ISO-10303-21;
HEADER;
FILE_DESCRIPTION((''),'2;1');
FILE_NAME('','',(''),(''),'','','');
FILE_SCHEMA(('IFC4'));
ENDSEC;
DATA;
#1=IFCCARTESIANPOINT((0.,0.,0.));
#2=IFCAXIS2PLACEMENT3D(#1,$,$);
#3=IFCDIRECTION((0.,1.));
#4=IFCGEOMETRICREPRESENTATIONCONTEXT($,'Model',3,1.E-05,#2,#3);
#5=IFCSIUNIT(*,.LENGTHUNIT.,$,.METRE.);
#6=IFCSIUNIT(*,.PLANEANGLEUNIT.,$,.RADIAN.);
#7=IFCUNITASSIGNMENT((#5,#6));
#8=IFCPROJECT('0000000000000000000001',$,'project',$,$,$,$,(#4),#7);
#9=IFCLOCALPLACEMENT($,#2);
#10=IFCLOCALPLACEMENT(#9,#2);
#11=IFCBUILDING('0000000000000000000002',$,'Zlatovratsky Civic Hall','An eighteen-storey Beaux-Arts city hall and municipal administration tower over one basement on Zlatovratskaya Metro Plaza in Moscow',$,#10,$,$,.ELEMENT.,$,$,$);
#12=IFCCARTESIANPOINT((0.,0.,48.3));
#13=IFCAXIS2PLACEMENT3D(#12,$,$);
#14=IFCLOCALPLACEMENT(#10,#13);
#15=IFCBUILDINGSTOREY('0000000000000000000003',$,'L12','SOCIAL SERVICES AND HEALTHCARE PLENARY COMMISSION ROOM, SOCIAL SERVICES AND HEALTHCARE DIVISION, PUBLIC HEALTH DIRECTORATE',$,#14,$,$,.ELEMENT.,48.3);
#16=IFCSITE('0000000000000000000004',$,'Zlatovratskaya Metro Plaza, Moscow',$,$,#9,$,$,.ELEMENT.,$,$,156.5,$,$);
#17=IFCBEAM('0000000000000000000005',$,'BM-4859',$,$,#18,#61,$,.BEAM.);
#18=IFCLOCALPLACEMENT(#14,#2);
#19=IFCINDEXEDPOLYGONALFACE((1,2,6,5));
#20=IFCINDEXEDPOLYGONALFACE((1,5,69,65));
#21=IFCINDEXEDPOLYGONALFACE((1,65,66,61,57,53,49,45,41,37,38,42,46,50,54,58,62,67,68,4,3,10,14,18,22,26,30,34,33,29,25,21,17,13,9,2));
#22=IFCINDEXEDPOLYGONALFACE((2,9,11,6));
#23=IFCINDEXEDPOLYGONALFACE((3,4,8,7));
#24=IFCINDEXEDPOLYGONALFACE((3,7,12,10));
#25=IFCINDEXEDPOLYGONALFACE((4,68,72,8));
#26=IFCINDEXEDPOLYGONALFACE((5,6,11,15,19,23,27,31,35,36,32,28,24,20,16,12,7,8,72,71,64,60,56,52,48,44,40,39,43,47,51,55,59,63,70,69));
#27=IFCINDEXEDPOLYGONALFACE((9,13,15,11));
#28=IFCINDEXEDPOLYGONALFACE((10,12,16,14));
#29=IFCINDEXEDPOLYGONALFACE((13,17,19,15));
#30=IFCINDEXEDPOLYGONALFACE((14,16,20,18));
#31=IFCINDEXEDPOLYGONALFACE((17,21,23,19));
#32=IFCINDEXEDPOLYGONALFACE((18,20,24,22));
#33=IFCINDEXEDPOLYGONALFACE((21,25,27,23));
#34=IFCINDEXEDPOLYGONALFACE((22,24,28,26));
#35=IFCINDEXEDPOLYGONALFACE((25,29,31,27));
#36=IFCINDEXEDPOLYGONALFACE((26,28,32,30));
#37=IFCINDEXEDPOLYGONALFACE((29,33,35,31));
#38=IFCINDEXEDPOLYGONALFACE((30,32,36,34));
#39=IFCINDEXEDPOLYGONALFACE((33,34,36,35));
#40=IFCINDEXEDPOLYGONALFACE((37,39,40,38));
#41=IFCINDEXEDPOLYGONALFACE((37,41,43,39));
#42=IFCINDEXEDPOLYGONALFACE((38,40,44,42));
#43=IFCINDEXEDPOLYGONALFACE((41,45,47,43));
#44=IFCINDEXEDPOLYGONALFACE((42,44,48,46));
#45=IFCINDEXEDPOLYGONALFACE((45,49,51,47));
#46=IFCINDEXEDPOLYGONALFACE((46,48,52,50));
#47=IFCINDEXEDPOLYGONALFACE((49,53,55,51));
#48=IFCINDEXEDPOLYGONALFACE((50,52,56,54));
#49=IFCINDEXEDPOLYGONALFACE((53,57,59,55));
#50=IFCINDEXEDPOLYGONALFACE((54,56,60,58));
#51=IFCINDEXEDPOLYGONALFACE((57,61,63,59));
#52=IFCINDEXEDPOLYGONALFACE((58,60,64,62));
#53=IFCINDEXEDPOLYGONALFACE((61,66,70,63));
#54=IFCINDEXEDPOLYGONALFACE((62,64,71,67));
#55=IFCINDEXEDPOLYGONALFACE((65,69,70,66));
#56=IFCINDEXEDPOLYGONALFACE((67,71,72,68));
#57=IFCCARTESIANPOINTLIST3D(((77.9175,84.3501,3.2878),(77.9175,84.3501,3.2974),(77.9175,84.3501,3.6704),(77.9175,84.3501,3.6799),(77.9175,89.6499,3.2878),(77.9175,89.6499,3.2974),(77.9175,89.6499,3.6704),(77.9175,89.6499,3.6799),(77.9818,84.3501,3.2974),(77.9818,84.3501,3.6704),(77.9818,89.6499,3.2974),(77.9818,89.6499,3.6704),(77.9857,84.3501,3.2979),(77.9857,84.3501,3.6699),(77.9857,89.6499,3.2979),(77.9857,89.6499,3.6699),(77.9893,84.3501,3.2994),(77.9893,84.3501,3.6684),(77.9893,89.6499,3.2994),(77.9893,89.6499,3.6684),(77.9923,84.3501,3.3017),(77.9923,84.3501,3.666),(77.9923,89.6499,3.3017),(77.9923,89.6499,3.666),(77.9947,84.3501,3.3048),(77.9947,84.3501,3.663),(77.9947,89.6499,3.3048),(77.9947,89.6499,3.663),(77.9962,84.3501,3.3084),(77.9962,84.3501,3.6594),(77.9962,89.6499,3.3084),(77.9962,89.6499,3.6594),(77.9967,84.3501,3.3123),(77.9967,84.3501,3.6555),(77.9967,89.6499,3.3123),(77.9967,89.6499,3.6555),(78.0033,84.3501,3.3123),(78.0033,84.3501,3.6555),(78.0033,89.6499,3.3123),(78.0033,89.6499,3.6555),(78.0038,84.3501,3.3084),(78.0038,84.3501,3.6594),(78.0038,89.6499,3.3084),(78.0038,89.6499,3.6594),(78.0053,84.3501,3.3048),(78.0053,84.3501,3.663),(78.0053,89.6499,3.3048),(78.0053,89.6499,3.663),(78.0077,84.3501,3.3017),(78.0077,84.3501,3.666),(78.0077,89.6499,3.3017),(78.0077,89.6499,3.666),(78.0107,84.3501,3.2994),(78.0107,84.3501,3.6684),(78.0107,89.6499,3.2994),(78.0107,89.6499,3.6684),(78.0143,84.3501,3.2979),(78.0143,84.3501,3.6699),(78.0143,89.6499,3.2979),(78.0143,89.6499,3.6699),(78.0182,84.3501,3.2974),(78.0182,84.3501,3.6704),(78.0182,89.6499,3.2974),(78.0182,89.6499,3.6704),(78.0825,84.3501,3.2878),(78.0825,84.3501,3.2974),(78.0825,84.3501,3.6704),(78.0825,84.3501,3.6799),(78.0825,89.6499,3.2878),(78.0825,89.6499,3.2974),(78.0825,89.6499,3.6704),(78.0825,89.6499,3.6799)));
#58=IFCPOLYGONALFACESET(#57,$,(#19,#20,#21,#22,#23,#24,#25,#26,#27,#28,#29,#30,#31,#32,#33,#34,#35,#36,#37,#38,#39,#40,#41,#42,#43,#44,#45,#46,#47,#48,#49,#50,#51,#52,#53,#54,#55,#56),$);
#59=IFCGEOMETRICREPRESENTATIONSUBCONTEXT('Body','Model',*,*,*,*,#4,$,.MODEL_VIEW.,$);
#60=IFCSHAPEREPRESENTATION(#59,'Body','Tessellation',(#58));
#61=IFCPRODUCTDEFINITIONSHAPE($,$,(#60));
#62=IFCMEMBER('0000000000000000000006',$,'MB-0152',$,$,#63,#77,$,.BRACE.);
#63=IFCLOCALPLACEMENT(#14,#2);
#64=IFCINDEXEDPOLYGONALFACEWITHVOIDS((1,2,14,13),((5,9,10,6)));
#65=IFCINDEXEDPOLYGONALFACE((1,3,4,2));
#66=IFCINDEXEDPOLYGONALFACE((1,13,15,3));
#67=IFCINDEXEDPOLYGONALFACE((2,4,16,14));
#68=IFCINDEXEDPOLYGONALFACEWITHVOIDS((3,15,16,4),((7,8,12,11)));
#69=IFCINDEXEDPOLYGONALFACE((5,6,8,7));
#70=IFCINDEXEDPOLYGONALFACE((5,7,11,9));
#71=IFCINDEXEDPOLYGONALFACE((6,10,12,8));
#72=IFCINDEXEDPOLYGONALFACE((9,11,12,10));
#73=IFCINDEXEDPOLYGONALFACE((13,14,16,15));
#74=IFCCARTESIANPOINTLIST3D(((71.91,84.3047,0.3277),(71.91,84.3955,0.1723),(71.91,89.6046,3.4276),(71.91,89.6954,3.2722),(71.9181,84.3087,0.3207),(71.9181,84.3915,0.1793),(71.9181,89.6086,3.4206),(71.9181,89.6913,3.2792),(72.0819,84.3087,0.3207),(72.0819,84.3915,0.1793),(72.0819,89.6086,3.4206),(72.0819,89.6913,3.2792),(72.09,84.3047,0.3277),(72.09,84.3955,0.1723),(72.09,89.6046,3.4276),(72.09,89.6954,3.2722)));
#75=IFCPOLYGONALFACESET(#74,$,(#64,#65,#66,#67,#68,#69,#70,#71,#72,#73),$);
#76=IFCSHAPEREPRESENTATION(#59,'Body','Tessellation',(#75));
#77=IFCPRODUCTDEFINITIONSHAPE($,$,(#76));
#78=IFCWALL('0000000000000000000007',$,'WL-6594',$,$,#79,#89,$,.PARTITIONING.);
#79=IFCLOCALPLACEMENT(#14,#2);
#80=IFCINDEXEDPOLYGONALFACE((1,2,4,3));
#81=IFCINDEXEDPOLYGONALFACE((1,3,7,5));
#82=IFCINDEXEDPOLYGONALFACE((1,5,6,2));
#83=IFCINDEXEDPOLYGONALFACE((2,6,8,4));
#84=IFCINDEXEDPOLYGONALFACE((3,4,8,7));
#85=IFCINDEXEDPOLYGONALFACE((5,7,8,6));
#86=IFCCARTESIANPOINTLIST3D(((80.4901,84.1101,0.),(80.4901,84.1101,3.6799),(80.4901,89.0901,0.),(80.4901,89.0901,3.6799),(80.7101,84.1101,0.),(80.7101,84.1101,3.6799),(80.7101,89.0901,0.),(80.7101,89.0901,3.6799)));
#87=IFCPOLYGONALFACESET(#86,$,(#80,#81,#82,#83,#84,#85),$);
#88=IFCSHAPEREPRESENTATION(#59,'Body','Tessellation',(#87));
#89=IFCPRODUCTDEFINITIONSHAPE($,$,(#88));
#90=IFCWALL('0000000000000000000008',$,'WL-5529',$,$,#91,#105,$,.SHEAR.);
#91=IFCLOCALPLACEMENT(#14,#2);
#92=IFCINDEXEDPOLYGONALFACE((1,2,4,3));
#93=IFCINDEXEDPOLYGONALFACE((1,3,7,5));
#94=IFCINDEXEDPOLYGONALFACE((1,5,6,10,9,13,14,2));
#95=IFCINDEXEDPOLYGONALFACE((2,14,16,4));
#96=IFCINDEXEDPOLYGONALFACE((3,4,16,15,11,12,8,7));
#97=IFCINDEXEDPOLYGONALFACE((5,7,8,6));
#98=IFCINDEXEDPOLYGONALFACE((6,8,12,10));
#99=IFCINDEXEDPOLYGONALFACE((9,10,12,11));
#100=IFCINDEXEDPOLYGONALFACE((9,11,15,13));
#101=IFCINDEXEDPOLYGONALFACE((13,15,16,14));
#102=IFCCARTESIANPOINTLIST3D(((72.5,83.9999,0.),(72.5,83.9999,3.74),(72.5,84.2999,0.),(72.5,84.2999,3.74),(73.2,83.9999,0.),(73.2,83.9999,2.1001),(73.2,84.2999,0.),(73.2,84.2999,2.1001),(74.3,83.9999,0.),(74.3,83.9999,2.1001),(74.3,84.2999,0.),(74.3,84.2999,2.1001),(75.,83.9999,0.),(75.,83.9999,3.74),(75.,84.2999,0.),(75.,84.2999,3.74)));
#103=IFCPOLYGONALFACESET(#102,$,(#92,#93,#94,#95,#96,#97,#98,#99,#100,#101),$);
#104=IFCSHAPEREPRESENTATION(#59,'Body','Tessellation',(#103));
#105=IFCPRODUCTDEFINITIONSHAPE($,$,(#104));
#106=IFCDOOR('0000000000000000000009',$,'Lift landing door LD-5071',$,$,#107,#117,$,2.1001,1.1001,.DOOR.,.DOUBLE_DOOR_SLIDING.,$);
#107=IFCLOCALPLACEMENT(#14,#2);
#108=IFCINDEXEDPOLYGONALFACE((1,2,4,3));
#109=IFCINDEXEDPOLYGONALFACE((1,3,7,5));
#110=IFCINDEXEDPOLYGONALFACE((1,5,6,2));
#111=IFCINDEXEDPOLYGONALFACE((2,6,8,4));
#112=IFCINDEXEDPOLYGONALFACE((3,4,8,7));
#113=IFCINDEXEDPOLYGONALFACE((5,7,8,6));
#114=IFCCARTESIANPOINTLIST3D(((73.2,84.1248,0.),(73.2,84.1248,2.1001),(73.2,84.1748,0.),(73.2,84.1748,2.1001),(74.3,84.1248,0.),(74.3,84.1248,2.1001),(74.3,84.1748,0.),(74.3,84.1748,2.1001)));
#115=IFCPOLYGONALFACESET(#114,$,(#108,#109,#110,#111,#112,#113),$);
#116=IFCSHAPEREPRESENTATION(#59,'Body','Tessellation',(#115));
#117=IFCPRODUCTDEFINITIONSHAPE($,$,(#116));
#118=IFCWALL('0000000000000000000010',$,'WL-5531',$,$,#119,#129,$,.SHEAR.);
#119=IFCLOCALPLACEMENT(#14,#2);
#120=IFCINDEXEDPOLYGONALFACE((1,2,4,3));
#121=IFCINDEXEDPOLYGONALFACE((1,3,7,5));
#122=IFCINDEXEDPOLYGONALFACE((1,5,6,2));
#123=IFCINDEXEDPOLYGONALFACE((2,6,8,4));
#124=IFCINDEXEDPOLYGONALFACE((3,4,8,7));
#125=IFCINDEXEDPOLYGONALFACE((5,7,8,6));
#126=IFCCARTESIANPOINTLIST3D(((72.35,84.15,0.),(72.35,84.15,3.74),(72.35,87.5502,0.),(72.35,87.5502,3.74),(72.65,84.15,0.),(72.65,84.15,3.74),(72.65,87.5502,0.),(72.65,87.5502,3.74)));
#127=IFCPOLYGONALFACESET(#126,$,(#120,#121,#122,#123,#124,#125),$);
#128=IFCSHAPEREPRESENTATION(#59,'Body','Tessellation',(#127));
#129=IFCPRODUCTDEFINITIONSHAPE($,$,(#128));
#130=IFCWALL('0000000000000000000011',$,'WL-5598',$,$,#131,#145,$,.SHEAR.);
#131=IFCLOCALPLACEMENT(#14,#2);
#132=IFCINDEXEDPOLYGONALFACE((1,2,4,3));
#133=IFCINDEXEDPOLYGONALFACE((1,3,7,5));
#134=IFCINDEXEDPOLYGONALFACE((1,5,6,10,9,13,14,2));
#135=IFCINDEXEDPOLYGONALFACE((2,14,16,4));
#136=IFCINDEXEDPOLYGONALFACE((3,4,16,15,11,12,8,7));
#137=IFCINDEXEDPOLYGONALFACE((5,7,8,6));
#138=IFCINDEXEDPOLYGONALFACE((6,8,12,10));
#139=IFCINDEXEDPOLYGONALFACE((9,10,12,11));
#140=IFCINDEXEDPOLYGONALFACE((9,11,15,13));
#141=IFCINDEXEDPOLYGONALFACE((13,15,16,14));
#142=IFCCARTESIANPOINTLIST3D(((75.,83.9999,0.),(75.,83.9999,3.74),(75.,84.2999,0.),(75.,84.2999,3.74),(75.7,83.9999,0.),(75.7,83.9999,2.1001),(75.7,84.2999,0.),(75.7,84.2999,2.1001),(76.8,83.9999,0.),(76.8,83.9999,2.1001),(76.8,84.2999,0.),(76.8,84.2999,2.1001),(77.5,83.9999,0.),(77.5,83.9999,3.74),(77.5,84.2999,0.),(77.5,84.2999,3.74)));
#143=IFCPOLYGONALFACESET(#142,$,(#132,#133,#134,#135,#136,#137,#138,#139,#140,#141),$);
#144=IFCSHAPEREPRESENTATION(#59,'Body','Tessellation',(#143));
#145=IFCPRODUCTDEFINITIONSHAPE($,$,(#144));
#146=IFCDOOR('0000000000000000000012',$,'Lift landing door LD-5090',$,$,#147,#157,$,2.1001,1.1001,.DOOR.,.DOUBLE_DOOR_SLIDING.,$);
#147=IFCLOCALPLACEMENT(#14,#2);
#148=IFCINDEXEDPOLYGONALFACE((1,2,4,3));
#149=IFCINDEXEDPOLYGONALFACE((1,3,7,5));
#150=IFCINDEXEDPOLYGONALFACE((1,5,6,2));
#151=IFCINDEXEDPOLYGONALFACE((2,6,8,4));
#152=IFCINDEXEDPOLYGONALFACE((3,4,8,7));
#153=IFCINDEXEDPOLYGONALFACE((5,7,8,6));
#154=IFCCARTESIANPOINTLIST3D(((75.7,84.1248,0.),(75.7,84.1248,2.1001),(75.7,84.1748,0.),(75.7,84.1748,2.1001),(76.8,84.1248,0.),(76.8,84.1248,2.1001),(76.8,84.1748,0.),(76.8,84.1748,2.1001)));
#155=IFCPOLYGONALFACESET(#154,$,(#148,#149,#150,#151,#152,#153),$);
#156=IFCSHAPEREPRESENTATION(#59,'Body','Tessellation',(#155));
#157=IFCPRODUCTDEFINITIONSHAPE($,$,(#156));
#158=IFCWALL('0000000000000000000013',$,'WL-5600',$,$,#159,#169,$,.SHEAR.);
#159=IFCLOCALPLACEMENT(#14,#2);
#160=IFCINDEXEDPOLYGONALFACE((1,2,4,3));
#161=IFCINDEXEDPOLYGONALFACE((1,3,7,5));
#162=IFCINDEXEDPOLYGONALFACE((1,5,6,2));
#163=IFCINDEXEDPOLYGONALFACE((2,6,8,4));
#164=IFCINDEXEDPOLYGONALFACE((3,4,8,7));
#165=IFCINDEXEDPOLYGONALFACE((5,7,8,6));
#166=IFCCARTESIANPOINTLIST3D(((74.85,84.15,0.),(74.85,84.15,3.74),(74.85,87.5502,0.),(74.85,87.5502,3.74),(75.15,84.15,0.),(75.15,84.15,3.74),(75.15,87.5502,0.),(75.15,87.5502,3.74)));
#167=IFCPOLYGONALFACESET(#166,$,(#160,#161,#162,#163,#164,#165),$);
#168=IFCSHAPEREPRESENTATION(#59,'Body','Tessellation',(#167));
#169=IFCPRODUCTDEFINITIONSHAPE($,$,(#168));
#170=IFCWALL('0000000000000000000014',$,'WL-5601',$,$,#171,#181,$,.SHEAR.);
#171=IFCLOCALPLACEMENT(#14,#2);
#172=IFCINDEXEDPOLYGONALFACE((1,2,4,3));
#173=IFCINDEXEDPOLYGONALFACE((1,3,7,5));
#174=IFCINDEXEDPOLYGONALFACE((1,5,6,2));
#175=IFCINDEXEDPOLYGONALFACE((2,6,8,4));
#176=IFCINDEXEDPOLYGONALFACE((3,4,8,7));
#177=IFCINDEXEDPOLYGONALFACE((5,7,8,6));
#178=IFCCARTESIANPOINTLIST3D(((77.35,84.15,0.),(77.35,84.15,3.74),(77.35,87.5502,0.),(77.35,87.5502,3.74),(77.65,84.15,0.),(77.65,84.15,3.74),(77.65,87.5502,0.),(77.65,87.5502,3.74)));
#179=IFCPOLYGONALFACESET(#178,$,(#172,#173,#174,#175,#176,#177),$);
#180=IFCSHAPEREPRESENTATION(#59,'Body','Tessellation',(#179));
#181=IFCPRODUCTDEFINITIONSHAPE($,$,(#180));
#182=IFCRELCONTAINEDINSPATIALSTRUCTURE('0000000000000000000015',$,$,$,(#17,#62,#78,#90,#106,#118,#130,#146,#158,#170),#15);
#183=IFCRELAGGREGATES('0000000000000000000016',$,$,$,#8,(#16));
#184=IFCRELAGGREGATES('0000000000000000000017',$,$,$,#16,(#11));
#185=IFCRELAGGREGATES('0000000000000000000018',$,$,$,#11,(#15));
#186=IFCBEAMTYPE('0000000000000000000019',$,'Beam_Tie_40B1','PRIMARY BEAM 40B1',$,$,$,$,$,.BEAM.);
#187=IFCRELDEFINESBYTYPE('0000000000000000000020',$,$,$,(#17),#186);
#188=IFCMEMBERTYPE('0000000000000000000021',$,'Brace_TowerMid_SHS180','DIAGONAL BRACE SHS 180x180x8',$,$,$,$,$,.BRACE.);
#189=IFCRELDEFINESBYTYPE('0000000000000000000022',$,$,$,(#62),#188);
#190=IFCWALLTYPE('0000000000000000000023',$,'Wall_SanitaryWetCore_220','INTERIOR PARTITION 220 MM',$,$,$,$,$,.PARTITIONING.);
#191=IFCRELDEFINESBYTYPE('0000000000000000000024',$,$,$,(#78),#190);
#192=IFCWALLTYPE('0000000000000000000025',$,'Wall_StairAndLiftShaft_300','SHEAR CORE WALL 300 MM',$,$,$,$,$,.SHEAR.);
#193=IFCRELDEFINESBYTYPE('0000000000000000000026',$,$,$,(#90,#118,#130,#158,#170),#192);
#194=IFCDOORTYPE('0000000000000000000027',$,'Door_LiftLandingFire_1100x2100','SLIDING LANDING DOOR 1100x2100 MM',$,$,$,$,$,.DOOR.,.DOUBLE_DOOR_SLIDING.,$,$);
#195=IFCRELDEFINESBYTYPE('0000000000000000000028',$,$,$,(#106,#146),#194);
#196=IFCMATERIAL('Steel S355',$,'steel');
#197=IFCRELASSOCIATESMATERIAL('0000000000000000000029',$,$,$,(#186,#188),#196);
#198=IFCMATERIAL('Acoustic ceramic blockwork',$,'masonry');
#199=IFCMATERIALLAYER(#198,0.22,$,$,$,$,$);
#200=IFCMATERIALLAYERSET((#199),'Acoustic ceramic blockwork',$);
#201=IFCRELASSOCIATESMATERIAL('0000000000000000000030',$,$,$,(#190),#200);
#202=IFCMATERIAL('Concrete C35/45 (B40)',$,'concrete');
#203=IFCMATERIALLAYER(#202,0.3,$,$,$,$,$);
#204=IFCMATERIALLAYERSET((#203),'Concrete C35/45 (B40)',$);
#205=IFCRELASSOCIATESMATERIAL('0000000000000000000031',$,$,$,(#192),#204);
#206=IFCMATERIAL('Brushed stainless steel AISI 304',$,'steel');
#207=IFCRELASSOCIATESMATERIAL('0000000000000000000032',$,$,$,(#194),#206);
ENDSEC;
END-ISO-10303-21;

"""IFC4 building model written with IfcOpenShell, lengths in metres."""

from ifc_helpers import new_model, si_unit, direction, frame, frame_2d, origin, origin_2d, place, context, subcontext, project, spatial, rectangle, hollow_rectangle, i_section, extrude, material, layer, layer_set, material_profile, profile_set, type_object, element, fill, save


model = new_model("IFC4")

# Units and contexts
model_context = context("Model", 3, precision=1e-05, world=origin(), true_north=direction((0.0, 1.0)))
body_context = subcontext(model_context, "Body", "Model", "MODEL_VIEW")
ifc_project = project(units=[si_unit("LENGTHUNIT", "METRE"), si_unit("PLANEANGLEUNIT", "RADIAN")], contexts=[model_context])

# Site, building, storey
site_placement = place(None, origin())
site = spatial("IfcSite", under=ifc_project, at=site_placement, Name="Zlatovratskaya Metro Plaza, Moscow", CompositionType="ELEMENT", RefElevation=156.5)
building_placement = place(site_placement, origin())
building = spatial("IfcBuilding", under=site, at=building_placement, Name="Zlatovratsky Civic Hall", Description="An eighteen-storey Beaux-Arts city hall and municipal administration tower over one basement on Zlatovratskaya Metro Plaza in Moscow", CompositionType="ELEMENT")
storey_placement = place(building_placement, frame((0.0, 0.0, 48.3)))
storey = spatial("IfcBuildingStorey", under=building, at=storey_placement, Name="L12", Description="SOCIAL SERVICES AND HEALTHCARE PLENARY COMMISSION ROOM, SOCIAL SERVICES AND HEALTHCARE DIVISION, PUBLIC HEALTH DIRECTORATE", CompositionType="ELEMENT", Elevation=48.3)

# Shared definitions
ifc_material_1 = material(Name="Concrete C35/45 (B40)", Category="concrete")
ifc_material_2 = material(Name="Steel S355", Category="steel")

# Beam
ifc_material_profile_1 = material_profile(ifc_material_2, i_section(OverallWidth=0.165, OverallDepth=0.3921, WebThickness=0.0066, FlangeThickness=0.0095, FilletRadius=0.0149, at=origin_2d()), Name="40B1")
ifc_profile_set_1 = profile_set([ifc_material_profile_1], Name="Steel S355")
beam_type = type_object("IfcBeamType", Name="Beam_Tie_40B1", Description="PRIMARY BEAM 40B1", PredefinedType="BEAM", material=ifc_profile_set_1)
beam_1_placement = place(storey_placement, frame((78.0, 84.3501, 3.4839), z_axis=(0.0, 1.0, 0.0), x_axis=(-1.0, 0.0, 0.0)))
element("IfcBeam", 1, at=beam_1_placement, inside=storey, type_object=beam_type, Name="BM-4859", PredefinedType="BEAM", context=body_context, shape_type="SweptSolid", body=[
    extrude(i_section(OverallWidth=0.165, OverallDepth=0.3921, WebThickness=0.0066, FlangeThickness=0.0095, FilletRadius=0.0149, at=origin_2d()), origin(), (0.0, 0.0, 1.0), 5.2998),
])

# Member
ifc_material_profile_2 = material_profile(ifc_material_2, hollow_rectangle(XDim=0.1799, YDim=0.1799, WallThickness=0.0081, at=origin_2d()), Name="SHS 180x180x8")
ifc_profile_set_2 = profile_set([ifc_material_profile_2], Name="Steel S355")
member_type = type_object("IfcMemberType", Name="Brace_TowerMid_SHS180", Description="DIAGONAL BRACE SHS 180x180x8", PredefinedType="BRACE", material=ifc_profile_set_2)
member_placement = place(storey_placement, frame((72.0, 84.3501, 0.25), z_axis=(0.0, 0.86319, 0.504879), x_axis=(-1.0, 0.0, 0.0)))
element("IfcMember", 2, at=member_placement, inside=storey, type_object=member_type, Name="MB-0152", PredefinedType="BRACE", context=body_context, shape_type="SweptSolid", body=[
    extrude(hollow_rectangle(XDim=0.1799, YDim=0.1799, WallThickness=0.0081, at=origin_2d()), origin(), (0.0, 0.0, 1.0), 6.1399),
])

# Shared definitions
ifc_material_3 = material(Name="Acoustic ceramic blockwork", Category="masonry")
ifc_layer_1 = layer(ifc_material_3, 0.22)
ifc_layer_set_1 = layer_set([ifc_layer_1], Name="Acoustic ceramic blockwork")
wall_type_1 = type_object("IfcWallType", Name="Wall_SanitaryWetCore_220", Description="INTERIOR PARTITION 220 MM", PredefinedType="PARTITIONING", material=ifc_layer_set_1)

# Wall
wall_1_placement = place(storey_placement, frame((80.6001, 84.1101, 0.0), z_axis=(0.0, 0.0, 1.0), x_axis=(0.0, 1.0, 0.0)))
element("IfcWall", 3, at=wall_1_placement, inside=storey, type_object=wall_type_1, Name="WL-6594", PredefinedType="PARTITIONING", context=body_context, shape_type="SweptSolid", body=[
    extrude(rectangle(XDim=4.98, YDim=0.22, at=frame_2d((2.49, 0.0))), origin(), (0.0, 0.0, 1.0), 3.6799),
])

# Wall, opening, door
ifc_layer_2 = layer(ifc_material_1, 0.3)
ifc_layer_set_2 = layer_set([ifc_layer_2], Name="Concrete C35/45 (B40)")
wall_type_2 = type_object("IfcWallType", Name="Wall_StairAndLiftShaft_300", Description="SHEAR CORE WALL 300 MM", PredefinedType="SHEAR", material=ifc_layer_set_2)
wall_2_placement = place(storey_placement, frame((72.5, 84.1499, 0.0), z_axis=(0.0, 0.0, 1.0), x_axis=(1.0, 0.0, 0.0)))
wall_2 = element("IfcWall", 4, at=wall_2_placement, inside=storey, type_object=wall_type_2, Name="WL-5529", PredefinedType="SHEAR", context=body_context, shape_type="SweptSolid", body=[
    extrude(rectangle(XDim=2.5, YDim=0.3, at=frame_2d((1.25, 0.0))), origin(), (0.0, 0.0, 1.0), 3.74),
])
opening_1_placement = place(wall_2_placement, frame((0.7, 0.0, 0.0)))
opening_1 = element("IfcOpeningElement", 5, at=opening_1_placement, cuts=wall_2, PredefinedType="OPENING", context=body_context, shape_type="SweptSolid", body=[
    extrude(rectangle(XDim=1.1001, YDim=2.1001, at=frame_2d((0.55, 1.05))), frame((0.0, 0.165, 0.0), z_axis=(0.0, -1.0, 0.0), x_axis=(1.0, 0.0, 0.0)), (0.0, 0.0, 1.0), 0.3298),
])
ifc_material_4 = material(Name="Brushed stainless steel AISI 304", Category="steel")
door_type_1 = type_object("IfcDoorType", Name="Door_LiftLandingFire_1100x2100", Description="SLIDING LANDING DOOR 1100x2100 MM", OperationType="DOUBLE_DOOR_SLIDING", PredefinedType="DOOR", material=ifc_material_4)
door_1_placement = place(opening_1_placement, origin())
door_1 = element("IfcDoor", 6, at=door_1_placement, inside=storey, type_object=door_type_1, Name="Lift landing door LD-5071", OperationType="DOUBLE_DOOR_SLIDING", OverallHeight=2.1001, OverallWidth=1.1001, PredefinedType="DOOR", context=body_context, shape_type="SweptSolid", body=[
    extrude(rectangle(XDim=1.1001, YDim=2.1001, at=frame_2d((0.55, 1.05))), frame((0.0, 0.0249, 0.0), z_axis=(0.0, -1.0, 0.0), x_axis=(1.0, 0.0, 0.0)), (0.0, 0.0, 1.0), 0.05),
])
fill(opening_1, door_1)

# Wall
wall_3_placement = place(storey_placement, frame((72.5, 84.1499, 0.0), z_axis=(0.0, 0.0, 1.0), x_axis=(0.0, 1.0, 0.0)))
element("IfcWall", 7, at=wall_3_placement, inside=storey, type_object=wall_type_2, Name="WL-5531", PredefinedType="SHEAR", context=body_context, shape_type="SweptSolid", body=[
    extrude(rectangle(XDim=3.4001, YDim=0.3, at=frame_2d((1.7002, 0.0))), origin(), (0.0, 0.0, 1.0), 3.74),
])

# Wall, opening, door
wall_4_placement = place(storey_placement, frame((75.0, 84.1499, 0.0), z_axis=(0.0, 0.0, 1.0), x_axis=(1.0, 0.0, 0.0)))
wall_4 = element("IfcWall", 8, at=wall_4_placement, inside=storey, type_object=wall_type_2, Name="WL-5598", PredefinedType="SHEAR", context=body_context, shape_type="SweptSolid", body=[
    extrude(rectangle(XDim=2.5, YDim=0.3, at=frame_2d((1.25, 0.0))), origin(), (0.0, 0.0, 1.0), 3.74),
])
opening_2_placement = place(wall_4_placement, frame((0.7, 0.0, 0.0)))
opening_2 = element("IfcOpeningElement", 9, at=opening_2_placement, cuts=wall_4, PredefinedType="OPENING", context=body_context, shape_type="SweptSolid", body=[
    extrude(rectangle(XDim=1.1001, YDim=2.1001, at=frame_2d((0.55, 1.05))), frame((0.0, 0.165, 0.0), z_axis=(0.0, -1.0, 0.0), x_axis=(1.0, 0.0, 0.0)), (0.0, 0.0, 1.0), 0.3298),
])
door_2_placement = place(opening_2_placement, origin())
door_2 = element("IfcDoor", 10, at=door_2_placement, inside=storey, type_object=door_type_1, Name="Lift landing door LD-5090", OperationType="DOUBLE_DOOR_SLIDING", OverallHeight=2.1001, OverallWidth=1.1001, PredefinedType="DOOR", context=body_context, shape_type="SweptSolid", body=[
    extrude(rectangle(XDim=1.1001, YDim=2.1001, at=frame_2d((0.55, 1.05))), frame((0.0, 0.0249, 0.0), z_axis=(0.0, -1.0, 0.0), x_axis=(1.0, 0.0, 0.0)), (0.0, 0.0, 1.0), 0.05),
])
fill(opening_2, door_2)

# Walls
for number, where, z_axis, x_axis, name in (
    (11, (75.0, 84.1499, 0.0), (0.0, 0.0, 1.0), (0.0, 1.0, 0.0), "WL-5600"),
    (12, (77.5, 84.1499, 0.0), (0.0, 0.0, 1.0), (0.0, 1.0, 0.0), "WL-5601"),
):
    element("IfcWall", number, at=place(storey_placement, frame(where, z_axis=z_axis, x_axis=x_axis)), inside=storey, type_object=wall_type_2, Name=name, PredefinedType="SHEAR", context=body_context, shape_type="SweptSolid", body=[
        extrude(rectangle(XDim=3.4001, YDim=0.3, at=frame_2d((1.7002, 0.0))), origin(), (0.0, 0.0, 1.0), 3.74),
    ])

save(model, "model.ifc")
